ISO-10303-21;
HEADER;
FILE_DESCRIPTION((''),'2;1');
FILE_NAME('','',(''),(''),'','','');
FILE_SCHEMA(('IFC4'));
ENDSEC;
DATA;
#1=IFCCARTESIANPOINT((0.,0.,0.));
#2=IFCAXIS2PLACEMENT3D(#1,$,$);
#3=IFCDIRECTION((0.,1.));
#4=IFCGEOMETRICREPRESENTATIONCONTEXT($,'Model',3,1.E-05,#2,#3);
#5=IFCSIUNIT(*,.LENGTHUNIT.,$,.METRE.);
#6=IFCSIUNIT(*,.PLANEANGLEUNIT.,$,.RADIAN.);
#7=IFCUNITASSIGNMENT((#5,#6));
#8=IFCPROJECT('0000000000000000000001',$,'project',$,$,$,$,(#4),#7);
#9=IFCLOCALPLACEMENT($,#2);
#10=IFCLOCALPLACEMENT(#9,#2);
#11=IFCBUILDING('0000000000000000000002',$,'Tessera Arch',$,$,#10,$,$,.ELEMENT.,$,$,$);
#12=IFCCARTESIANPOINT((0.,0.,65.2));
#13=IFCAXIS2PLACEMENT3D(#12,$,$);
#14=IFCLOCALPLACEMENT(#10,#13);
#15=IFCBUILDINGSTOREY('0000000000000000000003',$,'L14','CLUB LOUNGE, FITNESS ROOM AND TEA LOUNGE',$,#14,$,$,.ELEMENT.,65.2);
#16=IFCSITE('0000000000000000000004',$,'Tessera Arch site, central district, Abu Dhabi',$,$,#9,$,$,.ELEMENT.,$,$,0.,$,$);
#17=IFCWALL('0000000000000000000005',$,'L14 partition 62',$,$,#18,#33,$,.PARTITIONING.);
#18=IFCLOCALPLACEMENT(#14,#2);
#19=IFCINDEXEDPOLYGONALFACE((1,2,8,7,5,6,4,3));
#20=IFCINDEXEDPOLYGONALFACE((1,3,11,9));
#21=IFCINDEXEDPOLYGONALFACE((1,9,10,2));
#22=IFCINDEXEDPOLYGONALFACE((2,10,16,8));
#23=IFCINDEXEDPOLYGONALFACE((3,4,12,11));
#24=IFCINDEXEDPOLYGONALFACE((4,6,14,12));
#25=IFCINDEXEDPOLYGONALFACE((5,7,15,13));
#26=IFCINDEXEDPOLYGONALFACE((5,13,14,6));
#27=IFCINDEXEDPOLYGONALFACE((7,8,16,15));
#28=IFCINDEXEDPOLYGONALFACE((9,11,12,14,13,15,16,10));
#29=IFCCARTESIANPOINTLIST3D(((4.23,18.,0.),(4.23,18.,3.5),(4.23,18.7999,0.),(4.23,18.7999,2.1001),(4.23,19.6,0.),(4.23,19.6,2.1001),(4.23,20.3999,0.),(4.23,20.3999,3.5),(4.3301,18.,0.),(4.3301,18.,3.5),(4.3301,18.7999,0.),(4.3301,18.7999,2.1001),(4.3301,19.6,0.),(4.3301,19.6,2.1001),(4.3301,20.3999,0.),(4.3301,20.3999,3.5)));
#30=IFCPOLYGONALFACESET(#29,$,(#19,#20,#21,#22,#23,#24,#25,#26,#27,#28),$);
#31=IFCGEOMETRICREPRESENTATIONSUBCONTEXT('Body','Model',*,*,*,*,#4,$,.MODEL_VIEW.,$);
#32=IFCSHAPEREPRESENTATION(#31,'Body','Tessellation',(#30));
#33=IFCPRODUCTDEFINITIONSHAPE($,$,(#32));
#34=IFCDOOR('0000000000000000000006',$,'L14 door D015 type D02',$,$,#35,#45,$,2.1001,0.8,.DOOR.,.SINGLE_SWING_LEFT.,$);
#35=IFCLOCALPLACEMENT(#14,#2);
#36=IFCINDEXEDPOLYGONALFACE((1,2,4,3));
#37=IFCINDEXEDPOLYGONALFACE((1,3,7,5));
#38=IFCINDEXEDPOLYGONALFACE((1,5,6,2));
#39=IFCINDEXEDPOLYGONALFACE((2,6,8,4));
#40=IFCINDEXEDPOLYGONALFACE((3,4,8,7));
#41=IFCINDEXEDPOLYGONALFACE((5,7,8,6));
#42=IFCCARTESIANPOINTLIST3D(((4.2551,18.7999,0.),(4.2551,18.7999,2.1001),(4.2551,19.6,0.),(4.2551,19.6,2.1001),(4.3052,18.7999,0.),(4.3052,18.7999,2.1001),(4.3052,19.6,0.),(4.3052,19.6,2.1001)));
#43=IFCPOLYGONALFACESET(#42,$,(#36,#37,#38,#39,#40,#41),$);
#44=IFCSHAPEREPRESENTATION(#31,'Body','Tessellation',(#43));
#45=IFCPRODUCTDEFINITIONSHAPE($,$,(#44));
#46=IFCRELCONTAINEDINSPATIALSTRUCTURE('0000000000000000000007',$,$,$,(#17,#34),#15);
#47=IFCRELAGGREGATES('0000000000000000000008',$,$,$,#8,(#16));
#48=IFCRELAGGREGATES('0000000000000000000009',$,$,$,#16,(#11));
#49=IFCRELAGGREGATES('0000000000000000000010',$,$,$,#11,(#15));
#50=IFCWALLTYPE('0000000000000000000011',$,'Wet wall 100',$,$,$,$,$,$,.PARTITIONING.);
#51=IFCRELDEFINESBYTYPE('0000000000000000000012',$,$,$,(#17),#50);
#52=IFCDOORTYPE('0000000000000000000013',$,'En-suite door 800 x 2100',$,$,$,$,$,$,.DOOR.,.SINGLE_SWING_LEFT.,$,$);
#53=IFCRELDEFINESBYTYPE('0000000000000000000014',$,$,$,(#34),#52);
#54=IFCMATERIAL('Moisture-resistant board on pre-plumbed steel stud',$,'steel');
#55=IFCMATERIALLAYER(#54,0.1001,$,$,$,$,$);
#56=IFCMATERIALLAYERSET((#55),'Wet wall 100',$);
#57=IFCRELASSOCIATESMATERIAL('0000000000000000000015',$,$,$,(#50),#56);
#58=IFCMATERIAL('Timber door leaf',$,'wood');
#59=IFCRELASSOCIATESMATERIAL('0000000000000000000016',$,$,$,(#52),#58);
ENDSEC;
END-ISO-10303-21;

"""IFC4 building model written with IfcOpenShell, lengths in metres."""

from ifc_helpers import new_model, si_unit, direction, frame, frame_2d, origin, place, context, subcontext, project, spatial, rectangle, extrude, material, layer, layer_set, type_object, element, fill, save


model = new_model("IFC4")

# Units and contexts
model_context = context("Model", 3, precision=1e-05, world=origin(), true_north=direction((0.0, 1.0)))
body_context = subcontext(model_context, "Body", "Model", "MODEL_VIEW")
ifc_project = project(units=[si_unit("LENGTHUNIT", "METRE"), si_unit("PLANEANGLEUNIT", "RADIAN")], contexts=[model_context])

# Site, building, storey
site_placement = place(None, origin())
site = spatial("IfcSite", under=ifc_project, at=site_placement, Name="Tessera Arch site, central district, Abu Dhabi", CompositionType="ELEMENT", RefElevation=0.0)
building_placement = place(site_placement, origin())
building = spatial("IfcBuilding", under=site, at=building_placement, Name="Tessera Arch", CompositionType="ELEMENT")
storey_placement = place(building_placement, frame((0.0, 0.0, 65.2)))
storey = spatial("IfcBuildingStorey", under=building, at=storey_placement, Name="L14", Description="CLUB LOUNGE, FITNESS ROOM AND TEA LOUNGE", CompositionType="ELEMENT", Elevation=65.2)

# Shared definitions
ifc_material_1 = material(Name="Moisture-resistant board on pre-plumbed steel stud", Category="steel")
ifc_layer_1 = layer(ifc_material_1, 0.1001)
ifc_layer_set_1 = layer_set([ifc_layer_1], Name="Wet wall 100")
wall_type_1 = type_object("IfcWallType", Name="Wet wall 100", PredefinedType="PARTITIONING", material=ifc_layer_set_1)

# Wall, opening, door
wall_1_placement = place(storey_placement, frame((4.28, 18.0, 0.0), z_axis=(0.0, 0.0, 1.0), x_axis=(0.0, 1.0, 0.0)))
wall_1 = element("IfcWall", 1, at=wall_1_placement, inside=storey, type_object=wall_type_1, Name="L14 partition 62", PredefinedType="PARTITIONING", context=body_context, shape_type="SweptSolid", body=[
    extrude(rectangle(XDim=2.3999, YDim=0.1001, at=frame_2d((1.2, 0.0))), origin(), (0.0, 0.0, 1.0), 3.5),
])
opening_1_placement = place(wall_1_placement, frame((0.8, 0.0, 0.0)))
opening_1 = element("IfcOpeningElement", 2, at=opening_1_placement, cuts=wall_1, PredefinedType="OPENING", context=body_context, shape_type="SweptSolid", body=[
    extrude(rectangle(XDim=0.8, YDim=2.1001, at=frame_2d((0.3999, 1.05))), frame((0.0, 0.0601, 0.0), z_axis=(0.0, -1.0, 0.0), x_axis=(1.0, 0.0, 0.0)), (0.0, 0.0, 1.0), 0.1201),
])
ifc_material_2 = material(Name="Timber door leaf", Category="wood")
door_type_1 = type_object("IfcDoorType", Name="En-suite door 800 x 2100", OperationType="SINGLE_SWING_LEFT", PredefinedType="DOOR", material=ifc_material_2)
door_1_placement = place(opening_1_placement, origin())
door_1 = element("IfcDoor", 3, at=door_1_placement, inside=storey, type_object=door_type_1, Name="L14 door D015 type D02", OperationType="SINGLE_SWING_LEFT", OverallHeight=2.1001, OverallWidth=0.8, PredefinedType="DOOR", context=body_context, shape_type="SweptSolid", body=[
    extrude(rectangle(XDim=0.8, YDim=2.1001, at=frame_2d((0.3999, 1.05))), frame((0.0, 0.0249, 0.0), z_axis=(0.0, -1.0, 0.0), x_axis=(1.0, 0.0, 0.0)), (0.0, 0.0, 1.0), 0.05),
])
fill(opening_1, door_1)

save(model, "model.ifc")
